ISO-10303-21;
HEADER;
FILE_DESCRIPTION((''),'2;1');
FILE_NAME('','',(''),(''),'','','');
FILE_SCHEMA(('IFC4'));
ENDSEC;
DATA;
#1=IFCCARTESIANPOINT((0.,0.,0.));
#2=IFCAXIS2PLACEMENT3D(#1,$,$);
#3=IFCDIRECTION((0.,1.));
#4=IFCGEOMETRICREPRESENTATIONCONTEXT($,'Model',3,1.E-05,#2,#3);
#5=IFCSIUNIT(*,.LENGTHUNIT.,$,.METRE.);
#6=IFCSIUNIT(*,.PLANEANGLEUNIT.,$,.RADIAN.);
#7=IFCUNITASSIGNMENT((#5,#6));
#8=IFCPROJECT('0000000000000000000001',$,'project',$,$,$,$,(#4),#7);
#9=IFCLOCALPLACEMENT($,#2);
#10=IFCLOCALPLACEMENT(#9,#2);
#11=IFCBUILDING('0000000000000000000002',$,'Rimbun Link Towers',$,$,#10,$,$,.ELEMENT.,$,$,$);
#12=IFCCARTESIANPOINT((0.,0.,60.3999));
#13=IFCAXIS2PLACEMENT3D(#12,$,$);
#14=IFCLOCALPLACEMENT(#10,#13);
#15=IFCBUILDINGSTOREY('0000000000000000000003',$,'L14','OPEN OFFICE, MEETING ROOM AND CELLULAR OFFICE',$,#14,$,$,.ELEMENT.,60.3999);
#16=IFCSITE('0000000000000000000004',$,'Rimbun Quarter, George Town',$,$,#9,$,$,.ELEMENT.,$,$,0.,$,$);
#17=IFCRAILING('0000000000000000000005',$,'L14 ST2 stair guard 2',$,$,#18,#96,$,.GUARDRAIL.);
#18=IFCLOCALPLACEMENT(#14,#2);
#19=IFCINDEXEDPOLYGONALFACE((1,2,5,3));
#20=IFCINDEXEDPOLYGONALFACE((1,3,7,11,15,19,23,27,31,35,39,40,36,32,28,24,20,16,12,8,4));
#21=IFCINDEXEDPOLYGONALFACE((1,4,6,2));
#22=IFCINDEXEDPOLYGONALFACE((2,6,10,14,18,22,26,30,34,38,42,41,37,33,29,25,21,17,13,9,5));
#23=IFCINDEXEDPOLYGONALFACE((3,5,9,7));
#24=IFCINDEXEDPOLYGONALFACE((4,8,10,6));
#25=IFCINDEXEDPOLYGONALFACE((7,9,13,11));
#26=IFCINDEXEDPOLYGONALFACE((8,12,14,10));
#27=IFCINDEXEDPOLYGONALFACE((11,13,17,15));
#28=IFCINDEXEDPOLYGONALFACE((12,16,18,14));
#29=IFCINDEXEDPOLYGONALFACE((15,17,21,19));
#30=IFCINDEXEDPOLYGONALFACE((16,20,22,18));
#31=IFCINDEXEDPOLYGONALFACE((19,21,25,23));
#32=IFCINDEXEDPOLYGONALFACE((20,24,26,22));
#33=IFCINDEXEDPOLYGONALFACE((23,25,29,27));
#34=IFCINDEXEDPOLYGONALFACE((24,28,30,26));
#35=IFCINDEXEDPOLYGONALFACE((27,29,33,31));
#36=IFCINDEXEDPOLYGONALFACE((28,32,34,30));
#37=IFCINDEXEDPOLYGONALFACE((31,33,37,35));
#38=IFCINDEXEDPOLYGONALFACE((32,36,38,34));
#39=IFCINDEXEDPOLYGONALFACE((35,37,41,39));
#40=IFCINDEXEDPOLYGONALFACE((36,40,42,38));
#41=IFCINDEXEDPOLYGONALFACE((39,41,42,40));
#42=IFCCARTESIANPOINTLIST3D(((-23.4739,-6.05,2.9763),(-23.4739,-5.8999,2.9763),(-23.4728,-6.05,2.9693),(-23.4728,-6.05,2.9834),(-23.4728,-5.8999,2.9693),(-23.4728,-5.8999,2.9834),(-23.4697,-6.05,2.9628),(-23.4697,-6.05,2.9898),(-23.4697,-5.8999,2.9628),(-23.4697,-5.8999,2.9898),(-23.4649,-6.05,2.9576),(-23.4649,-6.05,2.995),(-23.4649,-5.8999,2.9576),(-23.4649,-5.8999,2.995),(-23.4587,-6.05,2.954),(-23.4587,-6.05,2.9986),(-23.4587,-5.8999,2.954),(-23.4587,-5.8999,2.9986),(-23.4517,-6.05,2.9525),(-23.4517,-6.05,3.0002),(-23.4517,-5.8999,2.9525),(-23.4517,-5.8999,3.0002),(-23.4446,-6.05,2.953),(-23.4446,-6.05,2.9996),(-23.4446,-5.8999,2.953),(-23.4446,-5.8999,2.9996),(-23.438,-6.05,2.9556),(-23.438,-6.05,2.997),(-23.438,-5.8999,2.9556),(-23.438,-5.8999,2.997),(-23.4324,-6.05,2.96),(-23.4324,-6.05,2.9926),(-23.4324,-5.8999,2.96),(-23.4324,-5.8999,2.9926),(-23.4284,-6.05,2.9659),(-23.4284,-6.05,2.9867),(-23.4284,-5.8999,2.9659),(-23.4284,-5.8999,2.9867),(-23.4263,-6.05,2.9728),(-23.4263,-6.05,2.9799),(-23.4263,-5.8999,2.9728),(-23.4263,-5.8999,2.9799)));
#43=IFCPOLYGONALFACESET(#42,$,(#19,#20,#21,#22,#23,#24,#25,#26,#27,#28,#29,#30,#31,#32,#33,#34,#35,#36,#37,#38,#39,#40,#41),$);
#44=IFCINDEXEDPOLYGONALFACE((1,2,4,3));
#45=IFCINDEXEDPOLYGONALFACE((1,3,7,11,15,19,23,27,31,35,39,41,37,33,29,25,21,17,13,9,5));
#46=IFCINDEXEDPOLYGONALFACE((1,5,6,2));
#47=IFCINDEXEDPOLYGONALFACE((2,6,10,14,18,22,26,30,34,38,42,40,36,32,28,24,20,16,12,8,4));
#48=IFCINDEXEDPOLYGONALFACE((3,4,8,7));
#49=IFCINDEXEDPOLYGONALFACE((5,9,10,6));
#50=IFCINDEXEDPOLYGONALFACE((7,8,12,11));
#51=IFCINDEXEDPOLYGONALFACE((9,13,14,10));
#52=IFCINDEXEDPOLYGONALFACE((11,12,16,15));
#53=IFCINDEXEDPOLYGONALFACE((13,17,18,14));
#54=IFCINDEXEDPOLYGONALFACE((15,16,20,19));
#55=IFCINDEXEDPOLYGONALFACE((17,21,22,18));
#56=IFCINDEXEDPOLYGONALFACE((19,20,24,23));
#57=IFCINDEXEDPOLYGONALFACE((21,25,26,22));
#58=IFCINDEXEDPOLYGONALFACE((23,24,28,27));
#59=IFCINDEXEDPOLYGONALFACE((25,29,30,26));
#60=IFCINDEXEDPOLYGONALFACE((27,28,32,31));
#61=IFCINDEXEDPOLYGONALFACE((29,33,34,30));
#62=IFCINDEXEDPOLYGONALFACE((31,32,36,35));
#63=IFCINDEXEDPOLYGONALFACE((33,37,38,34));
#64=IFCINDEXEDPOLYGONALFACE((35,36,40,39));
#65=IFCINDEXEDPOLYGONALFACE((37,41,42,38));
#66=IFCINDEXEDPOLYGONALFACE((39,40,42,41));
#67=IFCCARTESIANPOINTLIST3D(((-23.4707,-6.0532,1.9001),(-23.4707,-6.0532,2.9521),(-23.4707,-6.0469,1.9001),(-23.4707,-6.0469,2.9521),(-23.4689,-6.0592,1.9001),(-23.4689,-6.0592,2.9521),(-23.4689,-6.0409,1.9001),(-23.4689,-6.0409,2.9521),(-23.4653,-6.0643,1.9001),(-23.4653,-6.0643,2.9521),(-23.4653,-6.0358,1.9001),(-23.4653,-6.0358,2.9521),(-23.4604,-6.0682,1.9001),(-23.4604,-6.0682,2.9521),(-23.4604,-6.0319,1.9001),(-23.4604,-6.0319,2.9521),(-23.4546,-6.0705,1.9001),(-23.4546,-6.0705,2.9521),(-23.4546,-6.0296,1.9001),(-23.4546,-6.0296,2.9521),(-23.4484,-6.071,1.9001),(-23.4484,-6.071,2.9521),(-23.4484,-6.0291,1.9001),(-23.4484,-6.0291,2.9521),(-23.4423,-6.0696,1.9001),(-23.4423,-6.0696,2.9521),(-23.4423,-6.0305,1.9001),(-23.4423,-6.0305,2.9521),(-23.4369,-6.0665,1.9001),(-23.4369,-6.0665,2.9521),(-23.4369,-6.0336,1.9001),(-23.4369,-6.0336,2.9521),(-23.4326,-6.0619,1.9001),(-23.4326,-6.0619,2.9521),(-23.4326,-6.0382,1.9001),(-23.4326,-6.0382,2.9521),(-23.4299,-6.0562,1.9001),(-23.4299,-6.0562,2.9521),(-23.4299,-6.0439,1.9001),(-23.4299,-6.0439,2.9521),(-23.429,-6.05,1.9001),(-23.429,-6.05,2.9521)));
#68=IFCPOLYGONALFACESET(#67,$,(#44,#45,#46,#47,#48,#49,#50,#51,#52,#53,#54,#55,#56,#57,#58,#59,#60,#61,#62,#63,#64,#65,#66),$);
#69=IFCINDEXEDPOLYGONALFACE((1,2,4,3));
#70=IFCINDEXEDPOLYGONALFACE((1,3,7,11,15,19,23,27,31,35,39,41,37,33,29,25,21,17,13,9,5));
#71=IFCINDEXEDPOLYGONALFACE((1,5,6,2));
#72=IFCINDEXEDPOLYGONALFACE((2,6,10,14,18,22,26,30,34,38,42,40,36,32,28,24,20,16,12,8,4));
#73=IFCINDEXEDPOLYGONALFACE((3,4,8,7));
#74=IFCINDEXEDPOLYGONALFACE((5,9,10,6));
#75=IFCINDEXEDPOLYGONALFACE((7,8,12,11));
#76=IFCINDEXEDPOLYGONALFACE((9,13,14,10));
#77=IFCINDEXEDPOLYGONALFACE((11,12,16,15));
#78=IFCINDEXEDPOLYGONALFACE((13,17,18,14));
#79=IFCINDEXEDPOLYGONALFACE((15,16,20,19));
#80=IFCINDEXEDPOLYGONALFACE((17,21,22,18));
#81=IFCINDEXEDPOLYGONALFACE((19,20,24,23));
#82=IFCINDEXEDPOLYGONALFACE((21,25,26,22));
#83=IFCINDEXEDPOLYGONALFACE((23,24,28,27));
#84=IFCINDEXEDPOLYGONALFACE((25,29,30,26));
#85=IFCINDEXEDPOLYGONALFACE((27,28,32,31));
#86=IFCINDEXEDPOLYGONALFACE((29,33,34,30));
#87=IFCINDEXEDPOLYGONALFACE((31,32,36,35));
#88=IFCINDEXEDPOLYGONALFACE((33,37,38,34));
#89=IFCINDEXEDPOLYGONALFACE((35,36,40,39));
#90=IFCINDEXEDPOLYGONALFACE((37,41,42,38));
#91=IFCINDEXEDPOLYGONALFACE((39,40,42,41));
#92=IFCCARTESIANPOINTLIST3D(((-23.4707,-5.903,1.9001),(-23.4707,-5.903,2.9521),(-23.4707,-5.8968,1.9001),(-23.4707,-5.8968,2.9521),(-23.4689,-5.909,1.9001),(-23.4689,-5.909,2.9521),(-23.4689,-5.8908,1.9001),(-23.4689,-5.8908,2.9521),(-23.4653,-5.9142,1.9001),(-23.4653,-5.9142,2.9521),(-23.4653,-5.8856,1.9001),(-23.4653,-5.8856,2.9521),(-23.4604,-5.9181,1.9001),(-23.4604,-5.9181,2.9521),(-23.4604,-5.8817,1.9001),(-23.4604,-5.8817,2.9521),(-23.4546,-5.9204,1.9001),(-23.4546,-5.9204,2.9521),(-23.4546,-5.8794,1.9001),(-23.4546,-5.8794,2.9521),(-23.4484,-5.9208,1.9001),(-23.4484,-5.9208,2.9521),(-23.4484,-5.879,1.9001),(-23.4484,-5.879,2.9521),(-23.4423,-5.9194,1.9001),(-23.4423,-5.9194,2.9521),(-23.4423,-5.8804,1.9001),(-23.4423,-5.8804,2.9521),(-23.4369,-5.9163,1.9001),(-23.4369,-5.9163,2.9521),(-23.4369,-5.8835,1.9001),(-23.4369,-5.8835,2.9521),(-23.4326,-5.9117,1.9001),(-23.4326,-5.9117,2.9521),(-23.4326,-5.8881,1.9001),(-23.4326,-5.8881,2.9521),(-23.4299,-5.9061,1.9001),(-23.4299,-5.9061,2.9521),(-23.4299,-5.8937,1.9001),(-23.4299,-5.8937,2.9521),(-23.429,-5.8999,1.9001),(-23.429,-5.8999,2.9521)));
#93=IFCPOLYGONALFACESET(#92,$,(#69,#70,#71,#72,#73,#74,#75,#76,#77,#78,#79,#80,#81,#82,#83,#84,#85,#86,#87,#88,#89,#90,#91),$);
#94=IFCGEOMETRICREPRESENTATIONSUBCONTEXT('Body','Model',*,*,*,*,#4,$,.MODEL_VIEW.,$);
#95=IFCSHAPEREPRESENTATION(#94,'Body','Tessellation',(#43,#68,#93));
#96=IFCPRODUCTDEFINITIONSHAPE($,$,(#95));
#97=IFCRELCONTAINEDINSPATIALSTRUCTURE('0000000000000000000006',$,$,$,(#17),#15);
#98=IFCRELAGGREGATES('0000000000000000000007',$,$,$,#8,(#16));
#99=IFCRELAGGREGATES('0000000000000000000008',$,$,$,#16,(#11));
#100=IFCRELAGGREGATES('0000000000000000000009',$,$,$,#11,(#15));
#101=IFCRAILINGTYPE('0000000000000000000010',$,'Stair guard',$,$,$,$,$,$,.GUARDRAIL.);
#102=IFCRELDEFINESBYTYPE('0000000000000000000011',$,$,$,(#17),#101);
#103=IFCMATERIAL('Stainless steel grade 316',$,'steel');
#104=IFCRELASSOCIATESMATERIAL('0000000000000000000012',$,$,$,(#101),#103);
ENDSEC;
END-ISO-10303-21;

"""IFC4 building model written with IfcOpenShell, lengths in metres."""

from ifc_helpers import new_model, si_unit, direction, frame, origin, origin_2d, place, context, subcontext, project, spatial, circle, extrude, material, type_object, element, save


model = new_model("IFC4")

# Units and contexts
model_context = context("Model", 3, precision=1e-05, world=origin(), true_north=direction((0.0, 1.0)))
body_context = subcontext(model_context, "Body", "Model", "MODEL_VIEW")
ifc_project = project(units=[si_unit("LENGTHUNIT", "METRE"), si_unit("PLANEANGLEUNIT", "RADIAN")], contexts=[model_context])

# Site, building, storey
site_placement = place(None, origin())
site = spatial("IfcSite", under=ifc_project, at=site_placement, Name="Rimbun Quarter, George Town", CompositionType="ELEMENT", RefElevation=0.0)
building_placement = place(site_placement, origin())
building = spatial("IfcBuilding", under=site, at=building_placement, Name="Rimbun Link Towers", CompositionType="ELEMENT")
storey_placement = place(building_placement, frame((0.0, 0.0, 60.3999)))
storey = spatial("IfcBuildingStorey", under=building, at=storey_placement, Name="L14", Description="OPEN OFFICE, MEETING ROOM AND CELLULAR OFFICE", CompositionType="ELEMENT", Elevation=60.3999)

# Railing
ifc_material_1 = material(Name="Stainless steel grade 316", Category="steel")
railing_type_1 = type_object("IfcRailingType", Name="Stair guard", PredefinedType="GUARDRAIL", material=ifc_material_1)
railing_1_placement = place(storey_placement, frame((-23.45, -6.05, 1.9001)))
element("IfcRailing", 1, at=railing_1_placement, inside=storey, type_object=railing_type_1, Name="L14 ST2 stair guard 2", PredefinedType="GUARDRAIL", context=body_context, shape_type="SweptSolid", body=[
    extrude(circle(Radius=0.0239, at=origin_2d()), frame((0.0, 0.0, 1.0762), z_axis=(0.0, 1.0, 0.0), x_axis=(-1.0, 0.0, 0.0)), (0.0, 0.0, 1.0), 0.1501),
    extrude(circle(Radius=0.021, at=origin_2d()), origin(), (0.0, 0.0, 1.0), 1.052),
    extrude(circle(Radius=0.021, at=origin_2d()), frame((0.0, 0.1501, 0.0)), (0.0, 0.0, 1.0), 1.052),
])

save(model, "model.ifc")
